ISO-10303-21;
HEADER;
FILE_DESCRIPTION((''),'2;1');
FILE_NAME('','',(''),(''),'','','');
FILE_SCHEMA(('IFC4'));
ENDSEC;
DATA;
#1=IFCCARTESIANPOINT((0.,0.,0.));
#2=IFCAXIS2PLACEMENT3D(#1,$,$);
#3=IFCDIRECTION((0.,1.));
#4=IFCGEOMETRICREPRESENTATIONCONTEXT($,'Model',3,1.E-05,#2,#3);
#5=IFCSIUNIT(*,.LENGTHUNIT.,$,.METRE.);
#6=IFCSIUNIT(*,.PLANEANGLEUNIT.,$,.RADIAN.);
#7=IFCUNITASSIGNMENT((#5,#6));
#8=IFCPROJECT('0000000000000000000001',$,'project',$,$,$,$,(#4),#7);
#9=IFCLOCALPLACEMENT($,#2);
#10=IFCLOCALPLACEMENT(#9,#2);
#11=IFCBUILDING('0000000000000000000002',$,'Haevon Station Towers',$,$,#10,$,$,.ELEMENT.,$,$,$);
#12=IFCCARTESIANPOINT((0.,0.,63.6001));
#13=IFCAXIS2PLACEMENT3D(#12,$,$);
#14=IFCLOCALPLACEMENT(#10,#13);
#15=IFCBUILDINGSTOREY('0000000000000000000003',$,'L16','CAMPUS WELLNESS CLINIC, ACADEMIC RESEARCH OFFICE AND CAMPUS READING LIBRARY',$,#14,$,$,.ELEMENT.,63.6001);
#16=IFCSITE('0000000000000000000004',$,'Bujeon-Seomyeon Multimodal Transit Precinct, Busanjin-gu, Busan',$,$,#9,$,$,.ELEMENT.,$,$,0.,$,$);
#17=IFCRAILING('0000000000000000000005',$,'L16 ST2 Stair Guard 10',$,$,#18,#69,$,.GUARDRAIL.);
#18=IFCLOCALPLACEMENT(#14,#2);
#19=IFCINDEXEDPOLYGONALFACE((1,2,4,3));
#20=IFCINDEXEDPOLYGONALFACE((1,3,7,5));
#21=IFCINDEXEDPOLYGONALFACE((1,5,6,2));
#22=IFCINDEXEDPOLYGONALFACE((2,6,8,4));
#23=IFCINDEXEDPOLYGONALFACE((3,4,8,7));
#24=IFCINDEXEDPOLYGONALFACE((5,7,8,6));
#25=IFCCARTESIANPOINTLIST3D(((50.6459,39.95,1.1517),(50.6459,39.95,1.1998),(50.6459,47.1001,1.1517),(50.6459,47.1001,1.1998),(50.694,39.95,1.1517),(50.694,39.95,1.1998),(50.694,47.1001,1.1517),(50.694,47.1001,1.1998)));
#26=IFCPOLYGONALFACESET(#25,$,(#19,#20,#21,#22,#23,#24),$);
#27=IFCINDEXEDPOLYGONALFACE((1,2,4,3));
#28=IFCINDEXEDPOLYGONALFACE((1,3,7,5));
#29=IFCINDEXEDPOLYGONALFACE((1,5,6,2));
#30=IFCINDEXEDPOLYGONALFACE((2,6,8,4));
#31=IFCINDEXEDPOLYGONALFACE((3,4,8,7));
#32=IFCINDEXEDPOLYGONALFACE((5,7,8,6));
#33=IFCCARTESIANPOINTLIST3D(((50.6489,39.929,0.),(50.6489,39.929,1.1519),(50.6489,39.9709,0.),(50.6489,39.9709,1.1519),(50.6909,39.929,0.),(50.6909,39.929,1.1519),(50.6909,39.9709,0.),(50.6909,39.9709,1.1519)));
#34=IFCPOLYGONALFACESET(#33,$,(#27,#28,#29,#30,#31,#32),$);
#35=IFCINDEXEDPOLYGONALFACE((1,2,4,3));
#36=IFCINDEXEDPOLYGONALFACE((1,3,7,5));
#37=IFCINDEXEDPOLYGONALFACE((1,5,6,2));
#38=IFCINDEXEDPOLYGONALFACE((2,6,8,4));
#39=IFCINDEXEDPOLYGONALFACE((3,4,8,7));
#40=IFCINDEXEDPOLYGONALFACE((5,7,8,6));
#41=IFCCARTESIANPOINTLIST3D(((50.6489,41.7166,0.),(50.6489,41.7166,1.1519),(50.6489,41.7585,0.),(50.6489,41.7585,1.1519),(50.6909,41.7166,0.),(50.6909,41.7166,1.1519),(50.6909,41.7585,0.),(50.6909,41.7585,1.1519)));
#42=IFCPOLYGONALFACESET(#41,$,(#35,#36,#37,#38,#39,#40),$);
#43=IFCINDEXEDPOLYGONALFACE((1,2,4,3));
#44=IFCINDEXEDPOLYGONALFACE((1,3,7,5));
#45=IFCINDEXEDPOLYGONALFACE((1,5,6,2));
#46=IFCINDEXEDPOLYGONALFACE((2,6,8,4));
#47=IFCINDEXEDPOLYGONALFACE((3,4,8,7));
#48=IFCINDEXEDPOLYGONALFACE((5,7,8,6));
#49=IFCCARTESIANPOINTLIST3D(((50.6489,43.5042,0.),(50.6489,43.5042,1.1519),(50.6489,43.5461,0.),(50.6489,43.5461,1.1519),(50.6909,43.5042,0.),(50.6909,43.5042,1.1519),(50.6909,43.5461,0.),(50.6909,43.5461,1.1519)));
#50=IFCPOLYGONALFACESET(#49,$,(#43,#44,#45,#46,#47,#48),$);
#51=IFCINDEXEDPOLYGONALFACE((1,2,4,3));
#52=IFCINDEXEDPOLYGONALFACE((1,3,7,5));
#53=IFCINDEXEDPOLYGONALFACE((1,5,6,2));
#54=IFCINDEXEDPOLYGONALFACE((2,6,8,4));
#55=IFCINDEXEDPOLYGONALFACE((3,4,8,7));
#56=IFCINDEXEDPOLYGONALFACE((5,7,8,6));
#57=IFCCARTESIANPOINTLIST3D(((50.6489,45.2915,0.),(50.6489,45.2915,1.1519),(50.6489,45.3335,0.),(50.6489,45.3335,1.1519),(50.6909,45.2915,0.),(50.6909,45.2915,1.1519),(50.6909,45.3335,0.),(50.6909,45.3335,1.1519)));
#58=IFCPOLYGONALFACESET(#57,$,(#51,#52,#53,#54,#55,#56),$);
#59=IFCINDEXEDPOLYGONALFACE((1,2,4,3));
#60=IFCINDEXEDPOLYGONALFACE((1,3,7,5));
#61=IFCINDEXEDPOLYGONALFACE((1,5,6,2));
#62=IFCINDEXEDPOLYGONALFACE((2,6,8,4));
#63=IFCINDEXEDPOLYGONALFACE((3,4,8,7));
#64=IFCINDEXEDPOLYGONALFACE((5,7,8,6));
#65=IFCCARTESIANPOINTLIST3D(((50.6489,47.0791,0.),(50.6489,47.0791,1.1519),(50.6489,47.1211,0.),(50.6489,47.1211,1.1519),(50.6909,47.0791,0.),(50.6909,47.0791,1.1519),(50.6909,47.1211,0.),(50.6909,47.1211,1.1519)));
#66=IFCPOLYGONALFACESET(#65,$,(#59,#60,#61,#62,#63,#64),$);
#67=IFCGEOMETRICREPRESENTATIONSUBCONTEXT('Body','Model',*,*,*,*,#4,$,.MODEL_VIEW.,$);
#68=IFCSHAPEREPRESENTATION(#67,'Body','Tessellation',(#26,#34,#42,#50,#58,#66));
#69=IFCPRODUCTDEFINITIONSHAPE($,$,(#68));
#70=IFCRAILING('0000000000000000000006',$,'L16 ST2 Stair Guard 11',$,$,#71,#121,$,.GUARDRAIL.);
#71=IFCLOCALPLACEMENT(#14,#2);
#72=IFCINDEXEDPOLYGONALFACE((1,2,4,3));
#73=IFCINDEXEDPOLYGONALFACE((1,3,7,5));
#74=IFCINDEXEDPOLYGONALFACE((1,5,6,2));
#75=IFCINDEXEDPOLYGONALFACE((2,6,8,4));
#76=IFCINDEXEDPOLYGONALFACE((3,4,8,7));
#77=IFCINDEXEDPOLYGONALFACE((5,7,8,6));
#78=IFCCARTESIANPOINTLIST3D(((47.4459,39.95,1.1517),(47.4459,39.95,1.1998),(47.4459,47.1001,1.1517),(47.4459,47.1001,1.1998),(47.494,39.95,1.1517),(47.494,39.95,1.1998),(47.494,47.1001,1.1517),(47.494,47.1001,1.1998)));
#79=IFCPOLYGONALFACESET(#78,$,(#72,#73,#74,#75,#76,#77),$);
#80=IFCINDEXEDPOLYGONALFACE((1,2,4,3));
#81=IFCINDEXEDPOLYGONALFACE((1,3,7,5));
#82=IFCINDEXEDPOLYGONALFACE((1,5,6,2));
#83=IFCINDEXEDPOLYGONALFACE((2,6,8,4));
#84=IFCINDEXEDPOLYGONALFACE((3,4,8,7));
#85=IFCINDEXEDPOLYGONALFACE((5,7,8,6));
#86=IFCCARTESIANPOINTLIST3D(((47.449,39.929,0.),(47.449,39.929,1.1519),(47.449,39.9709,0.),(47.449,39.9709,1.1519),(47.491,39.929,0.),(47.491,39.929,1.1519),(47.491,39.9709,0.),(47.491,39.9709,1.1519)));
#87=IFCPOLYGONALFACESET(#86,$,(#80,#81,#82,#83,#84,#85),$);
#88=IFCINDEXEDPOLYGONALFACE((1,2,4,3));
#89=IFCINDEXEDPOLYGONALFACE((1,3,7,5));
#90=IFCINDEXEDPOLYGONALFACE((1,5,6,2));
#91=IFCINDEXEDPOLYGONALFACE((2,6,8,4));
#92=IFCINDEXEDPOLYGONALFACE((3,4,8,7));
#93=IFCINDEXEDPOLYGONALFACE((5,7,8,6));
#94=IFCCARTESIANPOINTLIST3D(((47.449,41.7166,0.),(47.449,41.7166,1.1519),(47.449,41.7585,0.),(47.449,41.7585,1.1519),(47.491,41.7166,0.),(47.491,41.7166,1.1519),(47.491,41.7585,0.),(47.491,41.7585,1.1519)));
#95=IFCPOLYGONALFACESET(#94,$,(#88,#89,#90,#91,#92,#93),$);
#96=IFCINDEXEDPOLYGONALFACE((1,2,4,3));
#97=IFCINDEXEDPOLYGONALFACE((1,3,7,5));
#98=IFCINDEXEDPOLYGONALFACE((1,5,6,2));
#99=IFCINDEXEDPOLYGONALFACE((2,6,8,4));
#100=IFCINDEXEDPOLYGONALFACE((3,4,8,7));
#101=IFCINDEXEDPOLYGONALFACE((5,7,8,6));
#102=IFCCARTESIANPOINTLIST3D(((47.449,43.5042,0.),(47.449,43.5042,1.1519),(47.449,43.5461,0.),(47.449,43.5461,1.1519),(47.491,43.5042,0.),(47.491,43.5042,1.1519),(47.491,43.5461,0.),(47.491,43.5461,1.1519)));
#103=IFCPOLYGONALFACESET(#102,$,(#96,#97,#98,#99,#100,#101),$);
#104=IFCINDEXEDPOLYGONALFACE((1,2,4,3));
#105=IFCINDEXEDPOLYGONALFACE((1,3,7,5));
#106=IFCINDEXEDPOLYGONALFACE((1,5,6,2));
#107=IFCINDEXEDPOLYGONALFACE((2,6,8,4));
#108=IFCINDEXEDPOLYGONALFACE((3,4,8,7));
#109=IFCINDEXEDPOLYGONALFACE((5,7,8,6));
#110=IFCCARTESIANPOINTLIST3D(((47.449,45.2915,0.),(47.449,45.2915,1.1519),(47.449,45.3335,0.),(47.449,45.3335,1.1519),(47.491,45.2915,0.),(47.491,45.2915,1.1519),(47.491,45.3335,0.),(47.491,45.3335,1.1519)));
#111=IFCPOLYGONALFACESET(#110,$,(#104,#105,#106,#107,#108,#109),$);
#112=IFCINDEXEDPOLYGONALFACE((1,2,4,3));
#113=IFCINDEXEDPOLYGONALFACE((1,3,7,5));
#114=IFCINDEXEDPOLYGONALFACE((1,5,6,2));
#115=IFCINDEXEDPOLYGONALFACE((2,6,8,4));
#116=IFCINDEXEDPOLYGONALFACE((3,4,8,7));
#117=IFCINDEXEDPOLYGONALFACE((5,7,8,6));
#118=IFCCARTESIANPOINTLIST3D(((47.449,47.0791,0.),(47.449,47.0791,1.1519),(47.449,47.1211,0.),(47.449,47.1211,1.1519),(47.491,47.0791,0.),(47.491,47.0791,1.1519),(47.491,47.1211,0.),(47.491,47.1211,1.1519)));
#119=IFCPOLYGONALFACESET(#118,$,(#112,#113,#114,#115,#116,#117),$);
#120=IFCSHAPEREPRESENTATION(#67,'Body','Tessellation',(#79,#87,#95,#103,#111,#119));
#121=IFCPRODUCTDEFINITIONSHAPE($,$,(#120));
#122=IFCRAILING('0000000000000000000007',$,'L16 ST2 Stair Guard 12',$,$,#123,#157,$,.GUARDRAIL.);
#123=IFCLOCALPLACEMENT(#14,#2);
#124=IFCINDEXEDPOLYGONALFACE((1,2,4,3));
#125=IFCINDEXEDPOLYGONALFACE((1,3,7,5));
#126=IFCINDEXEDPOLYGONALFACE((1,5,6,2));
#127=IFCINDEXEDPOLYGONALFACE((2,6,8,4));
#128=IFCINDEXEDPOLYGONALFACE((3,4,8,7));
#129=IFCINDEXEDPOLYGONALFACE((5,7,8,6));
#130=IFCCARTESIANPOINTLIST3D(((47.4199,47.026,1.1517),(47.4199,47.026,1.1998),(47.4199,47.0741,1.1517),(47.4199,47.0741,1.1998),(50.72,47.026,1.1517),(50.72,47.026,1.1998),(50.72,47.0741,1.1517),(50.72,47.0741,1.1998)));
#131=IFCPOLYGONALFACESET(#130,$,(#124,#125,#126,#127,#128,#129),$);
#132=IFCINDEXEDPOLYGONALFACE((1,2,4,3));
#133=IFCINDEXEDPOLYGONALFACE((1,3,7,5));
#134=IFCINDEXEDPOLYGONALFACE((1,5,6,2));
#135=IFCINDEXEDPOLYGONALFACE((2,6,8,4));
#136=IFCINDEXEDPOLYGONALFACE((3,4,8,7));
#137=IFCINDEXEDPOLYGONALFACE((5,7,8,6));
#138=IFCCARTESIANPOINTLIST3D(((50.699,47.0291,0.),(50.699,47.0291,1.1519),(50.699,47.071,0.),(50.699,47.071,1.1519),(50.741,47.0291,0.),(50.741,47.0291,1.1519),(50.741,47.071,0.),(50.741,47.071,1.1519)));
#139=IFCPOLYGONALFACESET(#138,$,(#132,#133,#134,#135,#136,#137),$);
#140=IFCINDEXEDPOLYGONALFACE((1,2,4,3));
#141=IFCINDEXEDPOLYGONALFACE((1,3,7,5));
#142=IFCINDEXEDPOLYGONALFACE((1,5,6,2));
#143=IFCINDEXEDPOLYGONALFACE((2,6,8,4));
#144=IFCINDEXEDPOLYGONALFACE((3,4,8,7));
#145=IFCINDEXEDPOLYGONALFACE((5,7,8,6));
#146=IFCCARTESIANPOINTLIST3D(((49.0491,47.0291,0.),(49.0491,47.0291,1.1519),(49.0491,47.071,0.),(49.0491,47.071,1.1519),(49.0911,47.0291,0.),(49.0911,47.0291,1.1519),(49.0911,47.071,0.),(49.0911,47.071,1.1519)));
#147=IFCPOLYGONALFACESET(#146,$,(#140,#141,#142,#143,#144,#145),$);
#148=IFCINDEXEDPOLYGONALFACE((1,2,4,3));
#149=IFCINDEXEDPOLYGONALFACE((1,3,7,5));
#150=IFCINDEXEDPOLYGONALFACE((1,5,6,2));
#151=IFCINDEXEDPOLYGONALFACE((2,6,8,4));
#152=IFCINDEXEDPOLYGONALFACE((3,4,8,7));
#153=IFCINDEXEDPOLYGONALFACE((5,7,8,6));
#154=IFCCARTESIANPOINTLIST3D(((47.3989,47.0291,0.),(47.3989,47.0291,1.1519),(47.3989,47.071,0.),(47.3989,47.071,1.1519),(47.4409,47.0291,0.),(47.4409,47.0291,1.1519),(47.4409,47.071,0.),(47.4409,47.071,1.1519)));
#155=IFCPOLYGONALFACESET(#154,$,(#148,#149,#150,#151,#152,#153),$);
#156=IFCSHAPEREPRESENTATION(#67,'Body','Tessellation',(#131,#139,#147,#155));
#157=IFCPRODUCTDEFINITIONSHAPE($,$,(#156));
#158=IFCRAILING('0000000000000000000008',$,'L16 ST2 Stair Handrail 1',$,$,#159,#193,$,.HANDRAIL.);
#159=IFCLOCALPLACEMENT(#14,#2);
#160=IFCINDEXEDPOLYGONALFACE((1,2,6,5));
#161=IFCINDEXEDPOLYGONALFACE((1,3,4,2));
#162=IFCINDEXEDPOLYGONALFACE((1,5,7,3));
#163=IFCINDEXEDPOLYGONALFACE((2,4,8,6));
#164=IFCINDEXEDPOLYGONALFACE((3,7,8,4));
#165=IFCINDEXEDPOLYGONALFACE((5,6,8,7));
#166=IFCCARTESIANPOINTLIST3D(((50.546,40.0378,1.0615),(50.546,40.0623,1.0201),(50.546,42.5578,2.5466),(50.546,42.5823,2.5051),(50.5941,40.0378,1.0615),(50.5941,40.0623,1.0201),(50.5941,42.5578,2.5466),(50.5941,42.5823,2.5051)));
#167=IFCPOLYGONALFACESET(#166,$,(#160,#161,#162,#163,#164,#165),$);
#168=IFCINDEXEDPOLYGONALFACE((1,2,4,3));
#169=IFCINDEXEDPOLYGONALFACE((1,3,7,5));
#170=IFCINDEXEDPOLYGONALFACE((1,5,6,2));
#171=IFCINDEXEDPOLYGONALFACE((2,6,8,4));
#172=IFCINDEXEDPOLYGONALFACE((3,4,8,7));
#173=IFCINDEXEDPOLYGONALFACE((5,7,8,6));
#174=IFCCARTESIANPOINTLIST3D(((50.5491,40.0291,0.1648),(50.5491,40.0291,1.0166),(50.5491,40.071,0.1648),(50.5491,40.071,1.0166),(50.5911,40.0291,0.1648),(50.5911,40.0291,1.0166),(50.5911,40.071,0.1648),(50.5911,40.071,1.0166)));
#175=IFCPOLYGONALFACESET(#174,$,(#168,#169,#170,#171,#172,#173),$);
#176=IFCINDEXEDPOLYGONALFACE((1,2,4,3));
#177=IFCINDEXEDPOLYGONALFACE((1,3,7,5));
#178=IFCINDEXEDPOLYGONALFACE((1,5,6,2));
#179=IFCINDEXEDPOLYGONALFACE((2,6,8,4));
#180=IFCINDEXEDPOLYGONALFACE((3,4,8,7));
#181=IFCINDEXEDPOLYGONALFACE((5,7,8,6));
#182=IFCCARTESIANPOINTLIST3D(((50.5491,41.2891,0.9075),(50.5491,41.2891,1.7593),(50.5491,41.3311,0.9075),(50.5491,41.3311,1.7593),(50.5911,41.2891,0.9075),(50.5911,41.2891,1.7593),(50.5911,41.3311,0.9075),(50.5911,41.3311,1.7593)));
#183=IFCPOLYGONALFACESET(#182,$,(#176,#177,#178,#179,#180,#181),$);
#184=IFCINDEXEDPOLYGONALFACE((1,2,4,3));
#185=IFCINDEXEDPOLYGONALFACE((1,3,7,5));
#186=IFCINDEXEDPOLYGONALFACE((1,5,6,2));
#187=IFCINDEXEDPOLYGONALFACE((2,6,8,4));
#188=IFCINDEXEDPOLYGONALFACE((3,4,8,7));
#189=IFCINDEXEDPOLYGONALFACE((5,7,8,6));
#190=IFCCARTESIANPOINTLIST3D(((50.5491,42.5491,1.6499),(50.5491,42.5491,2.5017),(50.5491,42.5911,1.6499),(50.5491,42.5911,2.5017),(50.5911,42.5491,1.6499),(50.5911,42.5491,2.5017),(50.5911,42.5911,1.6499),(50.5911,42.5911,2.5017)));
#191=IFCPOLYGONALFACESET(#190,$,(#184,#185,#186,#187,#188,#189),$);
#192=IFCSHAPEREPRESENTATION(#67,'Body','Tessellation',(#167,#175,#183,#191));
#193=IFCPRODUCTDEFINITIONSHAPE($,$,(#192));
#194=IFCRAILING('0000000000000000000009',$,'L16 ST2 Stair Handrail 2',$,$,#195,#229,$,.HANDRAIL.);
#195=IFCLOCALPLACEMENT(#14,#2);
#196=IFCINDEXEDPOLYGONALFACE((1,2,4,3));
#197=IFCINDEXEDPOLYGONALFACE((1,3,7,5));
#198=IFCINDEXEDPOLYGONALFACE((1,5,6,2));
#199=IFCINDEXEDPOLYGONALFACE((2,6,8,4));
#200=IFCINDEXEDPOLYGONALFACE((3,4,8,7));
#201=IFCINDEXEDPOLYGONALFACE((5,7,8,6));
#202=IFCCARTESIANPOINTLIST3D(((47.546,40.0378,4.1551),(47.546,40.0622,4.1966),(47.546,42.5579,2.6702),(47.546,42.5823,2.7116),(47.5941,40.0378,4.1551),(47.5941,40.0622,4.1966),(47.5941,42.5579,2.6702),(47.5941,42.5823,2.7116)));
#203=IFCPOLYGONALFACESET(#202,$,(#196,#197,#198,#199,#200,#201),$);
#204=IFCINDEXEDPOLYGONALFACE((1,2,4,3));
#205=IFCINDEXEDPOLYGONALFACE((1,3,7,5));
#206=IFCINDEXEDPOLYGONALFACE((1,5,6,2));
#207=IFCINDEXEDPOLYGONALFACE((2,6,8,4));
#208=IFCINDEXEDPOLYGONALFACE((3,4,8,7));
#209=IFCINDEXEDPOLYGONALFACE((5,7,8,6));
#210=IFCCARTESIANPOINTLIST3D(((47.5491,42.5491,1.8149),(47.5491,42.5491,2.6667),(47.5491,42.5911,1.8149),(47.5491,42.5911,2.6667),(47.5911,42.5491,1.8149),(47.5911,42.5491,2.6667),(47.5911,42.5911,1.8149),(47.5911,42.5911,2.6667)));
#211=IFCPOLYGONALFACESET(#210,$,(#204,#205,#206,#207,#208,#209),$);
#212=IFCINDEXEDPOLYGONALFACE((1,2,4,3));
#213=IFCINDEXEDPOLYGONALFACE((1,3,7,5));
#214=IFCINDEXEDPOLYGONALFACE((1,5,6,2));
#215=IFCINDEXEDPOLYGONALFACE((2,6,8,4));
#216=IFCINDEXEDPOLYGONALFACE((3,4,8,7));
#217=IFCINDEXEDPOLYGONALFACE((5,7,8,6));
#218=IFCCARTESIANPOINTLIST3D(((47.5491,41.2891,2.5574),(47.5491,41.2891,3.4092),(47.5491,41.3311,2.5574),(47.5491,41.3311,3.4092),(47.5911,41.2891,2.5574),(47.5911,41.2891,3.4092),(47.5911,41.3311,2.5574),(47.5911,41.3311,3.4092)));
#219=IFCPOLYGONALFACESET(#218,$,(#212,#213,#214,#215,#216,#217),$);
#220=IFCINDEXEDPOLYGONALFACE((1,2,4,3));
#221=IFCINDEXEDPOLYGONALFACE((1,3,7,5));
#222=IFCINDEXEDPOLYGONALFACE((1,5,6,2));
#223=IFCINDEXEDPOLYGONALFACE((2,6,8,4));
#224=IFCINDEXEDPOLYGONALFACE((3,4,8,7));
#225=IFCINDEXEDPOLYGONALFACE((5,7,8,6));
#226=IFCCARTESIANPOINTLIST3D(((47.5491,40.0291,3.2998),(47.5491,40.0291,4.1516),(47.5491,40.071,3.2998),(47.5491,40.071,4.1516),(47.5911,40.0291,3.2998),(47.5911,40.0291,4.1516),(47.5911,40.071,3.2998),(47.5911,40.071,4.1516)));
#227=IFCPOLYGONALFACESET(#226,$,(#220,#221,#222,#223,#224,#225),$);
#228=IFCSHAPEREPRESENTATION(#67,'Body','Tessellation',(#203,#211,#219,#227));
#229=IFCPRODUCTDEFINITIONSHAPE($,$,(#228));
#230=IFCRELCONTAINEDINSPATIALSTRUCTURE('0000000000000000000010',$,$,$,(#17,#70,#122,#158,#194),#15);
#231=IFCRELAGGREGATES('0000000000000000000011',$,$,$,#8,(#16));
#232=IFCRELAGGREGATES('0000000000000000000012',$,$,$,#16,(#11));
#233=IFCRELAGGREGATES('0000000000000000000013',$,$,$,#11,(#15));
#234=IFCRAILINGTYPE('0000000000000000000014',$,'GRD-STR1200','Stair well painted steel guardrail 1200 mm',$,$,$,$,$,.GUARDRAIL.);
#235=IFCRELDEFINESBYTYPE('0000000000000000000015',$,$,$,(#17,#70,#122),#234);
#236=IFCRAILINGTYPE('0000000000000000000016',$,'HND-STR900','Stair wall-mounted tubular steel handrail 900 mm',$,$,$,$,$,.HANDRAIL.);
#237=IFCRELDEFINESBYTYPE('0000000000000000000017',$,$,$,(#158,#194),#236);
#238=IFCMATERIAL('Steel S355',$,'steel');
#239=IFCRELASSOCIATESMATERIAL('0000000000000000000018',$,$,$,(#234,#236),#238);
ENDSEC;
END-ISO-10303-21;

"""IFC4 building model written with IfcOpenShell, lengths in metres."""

from ifc_helpers import new_model, si_unit, direction, frame, origin, origin_2d, place, context, subcontext, project, spatial, rectangle, extrude, material, type_object, element, save


model = new_model("IFC4")

# Units and contexts
model_context = context("Model", 3, precision=1e-05, world=origin(), true_north=direction((0.0, 1.0)))
body_context = subcontext(model_context, "Body", "Model", "MODEL_VIEW")
ifc_project = project(units=[si_unit("LENGTHUNIT", "METRE"), si_unit("PLANEANGLEUNIT", "RADIAN")], contexts=[model_context])

# Site, building, storey
site_placement = place(None, origin())
site = spatial("IfcSite", under=ifc_project, at=site_placement, Name="Bujeon-Seomyeon Multimodal Transit Precinct, Busanjin-gu, Busan", CompositionType="ELEMENT", RefElevation=0.0)
building_placement = place(site_placement, origin())
building = spatial("IfcBuilding", under=site, at=building_placement, Name="Haevon Station Towers", CompositionType="ELEMENT")
storey_placement = place(building_placement, frame((0.0, 0.0, 63.6001)))
storey = spatial("IfcBuildingStorey", under=building, at=storey_placement, Name="L16", Description="CAMPUS WELLNESS CLINIC, ACADEMIC RESEARCH OFFICE AND CAMPUS READING LIBRARY", CompositionType="ELEMENT", Elevation=63.6001)

# Shared definitions
ifc_material_1 = material(Name="Steel S355", Category="steel")

# Railings
railing_type_1 = type_object("IfcRailingType", Name="GRD-STR1200", Description="Stair well painted steel guardrail 1200 mm", PredefinedType="GUARDRAIL", material=ifc_material_1)
for number, where, name in (
    (1, (50.6699, 39.95, 0.0), "L16 ST2 Stair Guard 10"),
    (2, (47.47, 39.95, 0.0), "L16 ST2 Stair Guard 11"),
):
    element("IfcRailing", number, at=place(storey_placement, frame(where)), inside=storey, type_object=railing_type_1, Name=name, PredefinedType="GUARDRAIL", context=body_context, shape_type="SweptSolid", body=[
        extrude(rectangle(XDim=0.0481, YDim=0.0481, at=origin_2d()), frame((0.0, 0.0, 1.1758), z_axis=(0.0, 1.0, 0.0), x_axis=(-1.0, 0.0, 0.0)), (0.0, 0.0, 1.0), 7.1501),
        extrude(rectangle(XDim=0.042, YDim=0.042, at=origin_2d()), origin(), (0.0, 0.0, 1.0), 1.1519),
        extrude(rectangle(XDim=0.042, YDim=0.042, at=origin_2d()), frame((0.0, 1.7876, 0.0)), (0.0, 0.0, 1.0), 1.1519),
        extrude(rectangle(XDim=0.042, YDim=0.042, at=origin_2d()), frame((0.0, 3.5752, 0.0)), (0.0, 0.0, 1.0), 1.1519),
        extrude(rectangle(XDim=0.042, YDim=0.042, at=origin_2d()), frame((0.0, 5.3625, 0.0)), (0.0, 0.0, 1.0), 1.1519),
        extrude(rectangle(XDim=0.042, YDim=0.042, at=origin_2d()), frame((0.0, 7.1501, 0.0)), (0.0, 0.0, 1.0), 1.1519),
    ])
railing_1_placement = place(storey_placement, frame((50.72, 47.05, 0.0)))
element("IfcRailing", 3, at=railing_1_placement, inside=storey, type_object=railing_type_1, Name="L16 ST2 Stair Guard 12", PredefinedType="GUARDRAIL", context=body_context, shape_type="SweptSolid", body=[
    extrude(rectangle(XDim=0.0481, YDim=0.0481, at=origin_2d()), frame((0.0, 0.0, 1.1758), z_axis=(-1.0, 0.0, 0.0), x_axis=(0.0, -1.0, 0.0)), (0.0, 0.0, 1.0), 3.3),
    extrude(rectangle(XDim=0.042, YDim=0.042, at=origin_2d()), origin(), (0.0, 0.0, 1.0), 1.1519),
    extrude(rectangle(XDim=0.042, YDim=0.042, at=origin_2d()), frame((-1.6499, 0.0, 0.0)), (0.0, 0.0, 1.0), 1.1519),
    extrude(rectangle(XDim=0.042, YDim=0.042, at=origin_2d()), frame((-3.3, 0.0, 0.0)), (0.0, 0.0, 1.0), 1.1519),
])
railing_type_2 = type_object("IfcRailingType", Name="HND-STR900", Description="Stair wall-mounted tubular steel handrail 900 mm", PredefinedType="HANDRAIL", material=ifc_material_1)
railing_2_placement = place(storey_placement, frame((50.5701, 40.05, 0.1648)))
element("IfcRailing", 4, at=railing_2_placement, inside=storey, type_object=railing_type_2, Name="L16 ST2 Stair Handrail 1", PredefinedType="HANDRAIL", context=body_context, shape_type="SweptSolid", body=[
    extrude(rectangle(XDim=0.0481, YDim=0.0481, at=origin_2d()), frame((0.0, 0.0, 0.876), z_axis=(0.0, 0.861524, 0.507717), x_axis=(-1.0, 0.0, 0.0)), (0.0, 0.0, 1.0), 2.925),
    extrude(rectangle(XDim=0.042, YDim=0.042, at=origin_2d()), origin(), (0.0, 0.0, 1.0), 0.8518),
    extrude(rectangle(XDim=0.042, YDim=0.042, at=origin_2d()), frame((0.0, 1.26, 0.7427)), (0.0, 0.0, 1.0), 0.8518),
    extrude(rectangle(XDim=0.042, YDim=0.042, at=origin_2d()), frame((0.0, 2.52, 1.4851)), (0.0, 0.0, 1.0), 0.8518),
])
railing_3_placement = place(storey_placement, frame((47.5701, 42.5701, 1.8149)))
element("IfcRailing", 5, at=railing_3_placement, inside=storey, type_object=railing_type_2, Name="L16 ST2 Stair Handrail 2", PredefinedType="HANDRAIL", context=body_context, shape_type="SweptSolid", body=[
    extrude(rectangle(XDim=0.0481, YDim=0.0481, at=origin_2d()), frame((0.0, 0.0, 0.876), z_axis=(0.0, -0.861561, 0.507655), x_axis=(1.0, 0.0, 0.0)), (0.0, 0.0, 1.0), 2.925),
    extrude(rectangle(XDim=0.042, YDim=0.042, at=origin_2d()), origin(), (0.0, 0.0, 1.0), 0.8518),
    extrude(rectangle(XDim=0.042, YDim=0.042, at=origin_2d()), frame((0.0, -1.26, 0.7424)), (0.0, 0.0, 1.0), 0.8518),
    extrude(rectangle(XDim=0.042, YDim=0.042, at=origin_2d()), frame((0.0, -2.52, 1.4849)), (0.0, 0.0, 1.0), 0.8518),
])

save(model, "model.ifc")
